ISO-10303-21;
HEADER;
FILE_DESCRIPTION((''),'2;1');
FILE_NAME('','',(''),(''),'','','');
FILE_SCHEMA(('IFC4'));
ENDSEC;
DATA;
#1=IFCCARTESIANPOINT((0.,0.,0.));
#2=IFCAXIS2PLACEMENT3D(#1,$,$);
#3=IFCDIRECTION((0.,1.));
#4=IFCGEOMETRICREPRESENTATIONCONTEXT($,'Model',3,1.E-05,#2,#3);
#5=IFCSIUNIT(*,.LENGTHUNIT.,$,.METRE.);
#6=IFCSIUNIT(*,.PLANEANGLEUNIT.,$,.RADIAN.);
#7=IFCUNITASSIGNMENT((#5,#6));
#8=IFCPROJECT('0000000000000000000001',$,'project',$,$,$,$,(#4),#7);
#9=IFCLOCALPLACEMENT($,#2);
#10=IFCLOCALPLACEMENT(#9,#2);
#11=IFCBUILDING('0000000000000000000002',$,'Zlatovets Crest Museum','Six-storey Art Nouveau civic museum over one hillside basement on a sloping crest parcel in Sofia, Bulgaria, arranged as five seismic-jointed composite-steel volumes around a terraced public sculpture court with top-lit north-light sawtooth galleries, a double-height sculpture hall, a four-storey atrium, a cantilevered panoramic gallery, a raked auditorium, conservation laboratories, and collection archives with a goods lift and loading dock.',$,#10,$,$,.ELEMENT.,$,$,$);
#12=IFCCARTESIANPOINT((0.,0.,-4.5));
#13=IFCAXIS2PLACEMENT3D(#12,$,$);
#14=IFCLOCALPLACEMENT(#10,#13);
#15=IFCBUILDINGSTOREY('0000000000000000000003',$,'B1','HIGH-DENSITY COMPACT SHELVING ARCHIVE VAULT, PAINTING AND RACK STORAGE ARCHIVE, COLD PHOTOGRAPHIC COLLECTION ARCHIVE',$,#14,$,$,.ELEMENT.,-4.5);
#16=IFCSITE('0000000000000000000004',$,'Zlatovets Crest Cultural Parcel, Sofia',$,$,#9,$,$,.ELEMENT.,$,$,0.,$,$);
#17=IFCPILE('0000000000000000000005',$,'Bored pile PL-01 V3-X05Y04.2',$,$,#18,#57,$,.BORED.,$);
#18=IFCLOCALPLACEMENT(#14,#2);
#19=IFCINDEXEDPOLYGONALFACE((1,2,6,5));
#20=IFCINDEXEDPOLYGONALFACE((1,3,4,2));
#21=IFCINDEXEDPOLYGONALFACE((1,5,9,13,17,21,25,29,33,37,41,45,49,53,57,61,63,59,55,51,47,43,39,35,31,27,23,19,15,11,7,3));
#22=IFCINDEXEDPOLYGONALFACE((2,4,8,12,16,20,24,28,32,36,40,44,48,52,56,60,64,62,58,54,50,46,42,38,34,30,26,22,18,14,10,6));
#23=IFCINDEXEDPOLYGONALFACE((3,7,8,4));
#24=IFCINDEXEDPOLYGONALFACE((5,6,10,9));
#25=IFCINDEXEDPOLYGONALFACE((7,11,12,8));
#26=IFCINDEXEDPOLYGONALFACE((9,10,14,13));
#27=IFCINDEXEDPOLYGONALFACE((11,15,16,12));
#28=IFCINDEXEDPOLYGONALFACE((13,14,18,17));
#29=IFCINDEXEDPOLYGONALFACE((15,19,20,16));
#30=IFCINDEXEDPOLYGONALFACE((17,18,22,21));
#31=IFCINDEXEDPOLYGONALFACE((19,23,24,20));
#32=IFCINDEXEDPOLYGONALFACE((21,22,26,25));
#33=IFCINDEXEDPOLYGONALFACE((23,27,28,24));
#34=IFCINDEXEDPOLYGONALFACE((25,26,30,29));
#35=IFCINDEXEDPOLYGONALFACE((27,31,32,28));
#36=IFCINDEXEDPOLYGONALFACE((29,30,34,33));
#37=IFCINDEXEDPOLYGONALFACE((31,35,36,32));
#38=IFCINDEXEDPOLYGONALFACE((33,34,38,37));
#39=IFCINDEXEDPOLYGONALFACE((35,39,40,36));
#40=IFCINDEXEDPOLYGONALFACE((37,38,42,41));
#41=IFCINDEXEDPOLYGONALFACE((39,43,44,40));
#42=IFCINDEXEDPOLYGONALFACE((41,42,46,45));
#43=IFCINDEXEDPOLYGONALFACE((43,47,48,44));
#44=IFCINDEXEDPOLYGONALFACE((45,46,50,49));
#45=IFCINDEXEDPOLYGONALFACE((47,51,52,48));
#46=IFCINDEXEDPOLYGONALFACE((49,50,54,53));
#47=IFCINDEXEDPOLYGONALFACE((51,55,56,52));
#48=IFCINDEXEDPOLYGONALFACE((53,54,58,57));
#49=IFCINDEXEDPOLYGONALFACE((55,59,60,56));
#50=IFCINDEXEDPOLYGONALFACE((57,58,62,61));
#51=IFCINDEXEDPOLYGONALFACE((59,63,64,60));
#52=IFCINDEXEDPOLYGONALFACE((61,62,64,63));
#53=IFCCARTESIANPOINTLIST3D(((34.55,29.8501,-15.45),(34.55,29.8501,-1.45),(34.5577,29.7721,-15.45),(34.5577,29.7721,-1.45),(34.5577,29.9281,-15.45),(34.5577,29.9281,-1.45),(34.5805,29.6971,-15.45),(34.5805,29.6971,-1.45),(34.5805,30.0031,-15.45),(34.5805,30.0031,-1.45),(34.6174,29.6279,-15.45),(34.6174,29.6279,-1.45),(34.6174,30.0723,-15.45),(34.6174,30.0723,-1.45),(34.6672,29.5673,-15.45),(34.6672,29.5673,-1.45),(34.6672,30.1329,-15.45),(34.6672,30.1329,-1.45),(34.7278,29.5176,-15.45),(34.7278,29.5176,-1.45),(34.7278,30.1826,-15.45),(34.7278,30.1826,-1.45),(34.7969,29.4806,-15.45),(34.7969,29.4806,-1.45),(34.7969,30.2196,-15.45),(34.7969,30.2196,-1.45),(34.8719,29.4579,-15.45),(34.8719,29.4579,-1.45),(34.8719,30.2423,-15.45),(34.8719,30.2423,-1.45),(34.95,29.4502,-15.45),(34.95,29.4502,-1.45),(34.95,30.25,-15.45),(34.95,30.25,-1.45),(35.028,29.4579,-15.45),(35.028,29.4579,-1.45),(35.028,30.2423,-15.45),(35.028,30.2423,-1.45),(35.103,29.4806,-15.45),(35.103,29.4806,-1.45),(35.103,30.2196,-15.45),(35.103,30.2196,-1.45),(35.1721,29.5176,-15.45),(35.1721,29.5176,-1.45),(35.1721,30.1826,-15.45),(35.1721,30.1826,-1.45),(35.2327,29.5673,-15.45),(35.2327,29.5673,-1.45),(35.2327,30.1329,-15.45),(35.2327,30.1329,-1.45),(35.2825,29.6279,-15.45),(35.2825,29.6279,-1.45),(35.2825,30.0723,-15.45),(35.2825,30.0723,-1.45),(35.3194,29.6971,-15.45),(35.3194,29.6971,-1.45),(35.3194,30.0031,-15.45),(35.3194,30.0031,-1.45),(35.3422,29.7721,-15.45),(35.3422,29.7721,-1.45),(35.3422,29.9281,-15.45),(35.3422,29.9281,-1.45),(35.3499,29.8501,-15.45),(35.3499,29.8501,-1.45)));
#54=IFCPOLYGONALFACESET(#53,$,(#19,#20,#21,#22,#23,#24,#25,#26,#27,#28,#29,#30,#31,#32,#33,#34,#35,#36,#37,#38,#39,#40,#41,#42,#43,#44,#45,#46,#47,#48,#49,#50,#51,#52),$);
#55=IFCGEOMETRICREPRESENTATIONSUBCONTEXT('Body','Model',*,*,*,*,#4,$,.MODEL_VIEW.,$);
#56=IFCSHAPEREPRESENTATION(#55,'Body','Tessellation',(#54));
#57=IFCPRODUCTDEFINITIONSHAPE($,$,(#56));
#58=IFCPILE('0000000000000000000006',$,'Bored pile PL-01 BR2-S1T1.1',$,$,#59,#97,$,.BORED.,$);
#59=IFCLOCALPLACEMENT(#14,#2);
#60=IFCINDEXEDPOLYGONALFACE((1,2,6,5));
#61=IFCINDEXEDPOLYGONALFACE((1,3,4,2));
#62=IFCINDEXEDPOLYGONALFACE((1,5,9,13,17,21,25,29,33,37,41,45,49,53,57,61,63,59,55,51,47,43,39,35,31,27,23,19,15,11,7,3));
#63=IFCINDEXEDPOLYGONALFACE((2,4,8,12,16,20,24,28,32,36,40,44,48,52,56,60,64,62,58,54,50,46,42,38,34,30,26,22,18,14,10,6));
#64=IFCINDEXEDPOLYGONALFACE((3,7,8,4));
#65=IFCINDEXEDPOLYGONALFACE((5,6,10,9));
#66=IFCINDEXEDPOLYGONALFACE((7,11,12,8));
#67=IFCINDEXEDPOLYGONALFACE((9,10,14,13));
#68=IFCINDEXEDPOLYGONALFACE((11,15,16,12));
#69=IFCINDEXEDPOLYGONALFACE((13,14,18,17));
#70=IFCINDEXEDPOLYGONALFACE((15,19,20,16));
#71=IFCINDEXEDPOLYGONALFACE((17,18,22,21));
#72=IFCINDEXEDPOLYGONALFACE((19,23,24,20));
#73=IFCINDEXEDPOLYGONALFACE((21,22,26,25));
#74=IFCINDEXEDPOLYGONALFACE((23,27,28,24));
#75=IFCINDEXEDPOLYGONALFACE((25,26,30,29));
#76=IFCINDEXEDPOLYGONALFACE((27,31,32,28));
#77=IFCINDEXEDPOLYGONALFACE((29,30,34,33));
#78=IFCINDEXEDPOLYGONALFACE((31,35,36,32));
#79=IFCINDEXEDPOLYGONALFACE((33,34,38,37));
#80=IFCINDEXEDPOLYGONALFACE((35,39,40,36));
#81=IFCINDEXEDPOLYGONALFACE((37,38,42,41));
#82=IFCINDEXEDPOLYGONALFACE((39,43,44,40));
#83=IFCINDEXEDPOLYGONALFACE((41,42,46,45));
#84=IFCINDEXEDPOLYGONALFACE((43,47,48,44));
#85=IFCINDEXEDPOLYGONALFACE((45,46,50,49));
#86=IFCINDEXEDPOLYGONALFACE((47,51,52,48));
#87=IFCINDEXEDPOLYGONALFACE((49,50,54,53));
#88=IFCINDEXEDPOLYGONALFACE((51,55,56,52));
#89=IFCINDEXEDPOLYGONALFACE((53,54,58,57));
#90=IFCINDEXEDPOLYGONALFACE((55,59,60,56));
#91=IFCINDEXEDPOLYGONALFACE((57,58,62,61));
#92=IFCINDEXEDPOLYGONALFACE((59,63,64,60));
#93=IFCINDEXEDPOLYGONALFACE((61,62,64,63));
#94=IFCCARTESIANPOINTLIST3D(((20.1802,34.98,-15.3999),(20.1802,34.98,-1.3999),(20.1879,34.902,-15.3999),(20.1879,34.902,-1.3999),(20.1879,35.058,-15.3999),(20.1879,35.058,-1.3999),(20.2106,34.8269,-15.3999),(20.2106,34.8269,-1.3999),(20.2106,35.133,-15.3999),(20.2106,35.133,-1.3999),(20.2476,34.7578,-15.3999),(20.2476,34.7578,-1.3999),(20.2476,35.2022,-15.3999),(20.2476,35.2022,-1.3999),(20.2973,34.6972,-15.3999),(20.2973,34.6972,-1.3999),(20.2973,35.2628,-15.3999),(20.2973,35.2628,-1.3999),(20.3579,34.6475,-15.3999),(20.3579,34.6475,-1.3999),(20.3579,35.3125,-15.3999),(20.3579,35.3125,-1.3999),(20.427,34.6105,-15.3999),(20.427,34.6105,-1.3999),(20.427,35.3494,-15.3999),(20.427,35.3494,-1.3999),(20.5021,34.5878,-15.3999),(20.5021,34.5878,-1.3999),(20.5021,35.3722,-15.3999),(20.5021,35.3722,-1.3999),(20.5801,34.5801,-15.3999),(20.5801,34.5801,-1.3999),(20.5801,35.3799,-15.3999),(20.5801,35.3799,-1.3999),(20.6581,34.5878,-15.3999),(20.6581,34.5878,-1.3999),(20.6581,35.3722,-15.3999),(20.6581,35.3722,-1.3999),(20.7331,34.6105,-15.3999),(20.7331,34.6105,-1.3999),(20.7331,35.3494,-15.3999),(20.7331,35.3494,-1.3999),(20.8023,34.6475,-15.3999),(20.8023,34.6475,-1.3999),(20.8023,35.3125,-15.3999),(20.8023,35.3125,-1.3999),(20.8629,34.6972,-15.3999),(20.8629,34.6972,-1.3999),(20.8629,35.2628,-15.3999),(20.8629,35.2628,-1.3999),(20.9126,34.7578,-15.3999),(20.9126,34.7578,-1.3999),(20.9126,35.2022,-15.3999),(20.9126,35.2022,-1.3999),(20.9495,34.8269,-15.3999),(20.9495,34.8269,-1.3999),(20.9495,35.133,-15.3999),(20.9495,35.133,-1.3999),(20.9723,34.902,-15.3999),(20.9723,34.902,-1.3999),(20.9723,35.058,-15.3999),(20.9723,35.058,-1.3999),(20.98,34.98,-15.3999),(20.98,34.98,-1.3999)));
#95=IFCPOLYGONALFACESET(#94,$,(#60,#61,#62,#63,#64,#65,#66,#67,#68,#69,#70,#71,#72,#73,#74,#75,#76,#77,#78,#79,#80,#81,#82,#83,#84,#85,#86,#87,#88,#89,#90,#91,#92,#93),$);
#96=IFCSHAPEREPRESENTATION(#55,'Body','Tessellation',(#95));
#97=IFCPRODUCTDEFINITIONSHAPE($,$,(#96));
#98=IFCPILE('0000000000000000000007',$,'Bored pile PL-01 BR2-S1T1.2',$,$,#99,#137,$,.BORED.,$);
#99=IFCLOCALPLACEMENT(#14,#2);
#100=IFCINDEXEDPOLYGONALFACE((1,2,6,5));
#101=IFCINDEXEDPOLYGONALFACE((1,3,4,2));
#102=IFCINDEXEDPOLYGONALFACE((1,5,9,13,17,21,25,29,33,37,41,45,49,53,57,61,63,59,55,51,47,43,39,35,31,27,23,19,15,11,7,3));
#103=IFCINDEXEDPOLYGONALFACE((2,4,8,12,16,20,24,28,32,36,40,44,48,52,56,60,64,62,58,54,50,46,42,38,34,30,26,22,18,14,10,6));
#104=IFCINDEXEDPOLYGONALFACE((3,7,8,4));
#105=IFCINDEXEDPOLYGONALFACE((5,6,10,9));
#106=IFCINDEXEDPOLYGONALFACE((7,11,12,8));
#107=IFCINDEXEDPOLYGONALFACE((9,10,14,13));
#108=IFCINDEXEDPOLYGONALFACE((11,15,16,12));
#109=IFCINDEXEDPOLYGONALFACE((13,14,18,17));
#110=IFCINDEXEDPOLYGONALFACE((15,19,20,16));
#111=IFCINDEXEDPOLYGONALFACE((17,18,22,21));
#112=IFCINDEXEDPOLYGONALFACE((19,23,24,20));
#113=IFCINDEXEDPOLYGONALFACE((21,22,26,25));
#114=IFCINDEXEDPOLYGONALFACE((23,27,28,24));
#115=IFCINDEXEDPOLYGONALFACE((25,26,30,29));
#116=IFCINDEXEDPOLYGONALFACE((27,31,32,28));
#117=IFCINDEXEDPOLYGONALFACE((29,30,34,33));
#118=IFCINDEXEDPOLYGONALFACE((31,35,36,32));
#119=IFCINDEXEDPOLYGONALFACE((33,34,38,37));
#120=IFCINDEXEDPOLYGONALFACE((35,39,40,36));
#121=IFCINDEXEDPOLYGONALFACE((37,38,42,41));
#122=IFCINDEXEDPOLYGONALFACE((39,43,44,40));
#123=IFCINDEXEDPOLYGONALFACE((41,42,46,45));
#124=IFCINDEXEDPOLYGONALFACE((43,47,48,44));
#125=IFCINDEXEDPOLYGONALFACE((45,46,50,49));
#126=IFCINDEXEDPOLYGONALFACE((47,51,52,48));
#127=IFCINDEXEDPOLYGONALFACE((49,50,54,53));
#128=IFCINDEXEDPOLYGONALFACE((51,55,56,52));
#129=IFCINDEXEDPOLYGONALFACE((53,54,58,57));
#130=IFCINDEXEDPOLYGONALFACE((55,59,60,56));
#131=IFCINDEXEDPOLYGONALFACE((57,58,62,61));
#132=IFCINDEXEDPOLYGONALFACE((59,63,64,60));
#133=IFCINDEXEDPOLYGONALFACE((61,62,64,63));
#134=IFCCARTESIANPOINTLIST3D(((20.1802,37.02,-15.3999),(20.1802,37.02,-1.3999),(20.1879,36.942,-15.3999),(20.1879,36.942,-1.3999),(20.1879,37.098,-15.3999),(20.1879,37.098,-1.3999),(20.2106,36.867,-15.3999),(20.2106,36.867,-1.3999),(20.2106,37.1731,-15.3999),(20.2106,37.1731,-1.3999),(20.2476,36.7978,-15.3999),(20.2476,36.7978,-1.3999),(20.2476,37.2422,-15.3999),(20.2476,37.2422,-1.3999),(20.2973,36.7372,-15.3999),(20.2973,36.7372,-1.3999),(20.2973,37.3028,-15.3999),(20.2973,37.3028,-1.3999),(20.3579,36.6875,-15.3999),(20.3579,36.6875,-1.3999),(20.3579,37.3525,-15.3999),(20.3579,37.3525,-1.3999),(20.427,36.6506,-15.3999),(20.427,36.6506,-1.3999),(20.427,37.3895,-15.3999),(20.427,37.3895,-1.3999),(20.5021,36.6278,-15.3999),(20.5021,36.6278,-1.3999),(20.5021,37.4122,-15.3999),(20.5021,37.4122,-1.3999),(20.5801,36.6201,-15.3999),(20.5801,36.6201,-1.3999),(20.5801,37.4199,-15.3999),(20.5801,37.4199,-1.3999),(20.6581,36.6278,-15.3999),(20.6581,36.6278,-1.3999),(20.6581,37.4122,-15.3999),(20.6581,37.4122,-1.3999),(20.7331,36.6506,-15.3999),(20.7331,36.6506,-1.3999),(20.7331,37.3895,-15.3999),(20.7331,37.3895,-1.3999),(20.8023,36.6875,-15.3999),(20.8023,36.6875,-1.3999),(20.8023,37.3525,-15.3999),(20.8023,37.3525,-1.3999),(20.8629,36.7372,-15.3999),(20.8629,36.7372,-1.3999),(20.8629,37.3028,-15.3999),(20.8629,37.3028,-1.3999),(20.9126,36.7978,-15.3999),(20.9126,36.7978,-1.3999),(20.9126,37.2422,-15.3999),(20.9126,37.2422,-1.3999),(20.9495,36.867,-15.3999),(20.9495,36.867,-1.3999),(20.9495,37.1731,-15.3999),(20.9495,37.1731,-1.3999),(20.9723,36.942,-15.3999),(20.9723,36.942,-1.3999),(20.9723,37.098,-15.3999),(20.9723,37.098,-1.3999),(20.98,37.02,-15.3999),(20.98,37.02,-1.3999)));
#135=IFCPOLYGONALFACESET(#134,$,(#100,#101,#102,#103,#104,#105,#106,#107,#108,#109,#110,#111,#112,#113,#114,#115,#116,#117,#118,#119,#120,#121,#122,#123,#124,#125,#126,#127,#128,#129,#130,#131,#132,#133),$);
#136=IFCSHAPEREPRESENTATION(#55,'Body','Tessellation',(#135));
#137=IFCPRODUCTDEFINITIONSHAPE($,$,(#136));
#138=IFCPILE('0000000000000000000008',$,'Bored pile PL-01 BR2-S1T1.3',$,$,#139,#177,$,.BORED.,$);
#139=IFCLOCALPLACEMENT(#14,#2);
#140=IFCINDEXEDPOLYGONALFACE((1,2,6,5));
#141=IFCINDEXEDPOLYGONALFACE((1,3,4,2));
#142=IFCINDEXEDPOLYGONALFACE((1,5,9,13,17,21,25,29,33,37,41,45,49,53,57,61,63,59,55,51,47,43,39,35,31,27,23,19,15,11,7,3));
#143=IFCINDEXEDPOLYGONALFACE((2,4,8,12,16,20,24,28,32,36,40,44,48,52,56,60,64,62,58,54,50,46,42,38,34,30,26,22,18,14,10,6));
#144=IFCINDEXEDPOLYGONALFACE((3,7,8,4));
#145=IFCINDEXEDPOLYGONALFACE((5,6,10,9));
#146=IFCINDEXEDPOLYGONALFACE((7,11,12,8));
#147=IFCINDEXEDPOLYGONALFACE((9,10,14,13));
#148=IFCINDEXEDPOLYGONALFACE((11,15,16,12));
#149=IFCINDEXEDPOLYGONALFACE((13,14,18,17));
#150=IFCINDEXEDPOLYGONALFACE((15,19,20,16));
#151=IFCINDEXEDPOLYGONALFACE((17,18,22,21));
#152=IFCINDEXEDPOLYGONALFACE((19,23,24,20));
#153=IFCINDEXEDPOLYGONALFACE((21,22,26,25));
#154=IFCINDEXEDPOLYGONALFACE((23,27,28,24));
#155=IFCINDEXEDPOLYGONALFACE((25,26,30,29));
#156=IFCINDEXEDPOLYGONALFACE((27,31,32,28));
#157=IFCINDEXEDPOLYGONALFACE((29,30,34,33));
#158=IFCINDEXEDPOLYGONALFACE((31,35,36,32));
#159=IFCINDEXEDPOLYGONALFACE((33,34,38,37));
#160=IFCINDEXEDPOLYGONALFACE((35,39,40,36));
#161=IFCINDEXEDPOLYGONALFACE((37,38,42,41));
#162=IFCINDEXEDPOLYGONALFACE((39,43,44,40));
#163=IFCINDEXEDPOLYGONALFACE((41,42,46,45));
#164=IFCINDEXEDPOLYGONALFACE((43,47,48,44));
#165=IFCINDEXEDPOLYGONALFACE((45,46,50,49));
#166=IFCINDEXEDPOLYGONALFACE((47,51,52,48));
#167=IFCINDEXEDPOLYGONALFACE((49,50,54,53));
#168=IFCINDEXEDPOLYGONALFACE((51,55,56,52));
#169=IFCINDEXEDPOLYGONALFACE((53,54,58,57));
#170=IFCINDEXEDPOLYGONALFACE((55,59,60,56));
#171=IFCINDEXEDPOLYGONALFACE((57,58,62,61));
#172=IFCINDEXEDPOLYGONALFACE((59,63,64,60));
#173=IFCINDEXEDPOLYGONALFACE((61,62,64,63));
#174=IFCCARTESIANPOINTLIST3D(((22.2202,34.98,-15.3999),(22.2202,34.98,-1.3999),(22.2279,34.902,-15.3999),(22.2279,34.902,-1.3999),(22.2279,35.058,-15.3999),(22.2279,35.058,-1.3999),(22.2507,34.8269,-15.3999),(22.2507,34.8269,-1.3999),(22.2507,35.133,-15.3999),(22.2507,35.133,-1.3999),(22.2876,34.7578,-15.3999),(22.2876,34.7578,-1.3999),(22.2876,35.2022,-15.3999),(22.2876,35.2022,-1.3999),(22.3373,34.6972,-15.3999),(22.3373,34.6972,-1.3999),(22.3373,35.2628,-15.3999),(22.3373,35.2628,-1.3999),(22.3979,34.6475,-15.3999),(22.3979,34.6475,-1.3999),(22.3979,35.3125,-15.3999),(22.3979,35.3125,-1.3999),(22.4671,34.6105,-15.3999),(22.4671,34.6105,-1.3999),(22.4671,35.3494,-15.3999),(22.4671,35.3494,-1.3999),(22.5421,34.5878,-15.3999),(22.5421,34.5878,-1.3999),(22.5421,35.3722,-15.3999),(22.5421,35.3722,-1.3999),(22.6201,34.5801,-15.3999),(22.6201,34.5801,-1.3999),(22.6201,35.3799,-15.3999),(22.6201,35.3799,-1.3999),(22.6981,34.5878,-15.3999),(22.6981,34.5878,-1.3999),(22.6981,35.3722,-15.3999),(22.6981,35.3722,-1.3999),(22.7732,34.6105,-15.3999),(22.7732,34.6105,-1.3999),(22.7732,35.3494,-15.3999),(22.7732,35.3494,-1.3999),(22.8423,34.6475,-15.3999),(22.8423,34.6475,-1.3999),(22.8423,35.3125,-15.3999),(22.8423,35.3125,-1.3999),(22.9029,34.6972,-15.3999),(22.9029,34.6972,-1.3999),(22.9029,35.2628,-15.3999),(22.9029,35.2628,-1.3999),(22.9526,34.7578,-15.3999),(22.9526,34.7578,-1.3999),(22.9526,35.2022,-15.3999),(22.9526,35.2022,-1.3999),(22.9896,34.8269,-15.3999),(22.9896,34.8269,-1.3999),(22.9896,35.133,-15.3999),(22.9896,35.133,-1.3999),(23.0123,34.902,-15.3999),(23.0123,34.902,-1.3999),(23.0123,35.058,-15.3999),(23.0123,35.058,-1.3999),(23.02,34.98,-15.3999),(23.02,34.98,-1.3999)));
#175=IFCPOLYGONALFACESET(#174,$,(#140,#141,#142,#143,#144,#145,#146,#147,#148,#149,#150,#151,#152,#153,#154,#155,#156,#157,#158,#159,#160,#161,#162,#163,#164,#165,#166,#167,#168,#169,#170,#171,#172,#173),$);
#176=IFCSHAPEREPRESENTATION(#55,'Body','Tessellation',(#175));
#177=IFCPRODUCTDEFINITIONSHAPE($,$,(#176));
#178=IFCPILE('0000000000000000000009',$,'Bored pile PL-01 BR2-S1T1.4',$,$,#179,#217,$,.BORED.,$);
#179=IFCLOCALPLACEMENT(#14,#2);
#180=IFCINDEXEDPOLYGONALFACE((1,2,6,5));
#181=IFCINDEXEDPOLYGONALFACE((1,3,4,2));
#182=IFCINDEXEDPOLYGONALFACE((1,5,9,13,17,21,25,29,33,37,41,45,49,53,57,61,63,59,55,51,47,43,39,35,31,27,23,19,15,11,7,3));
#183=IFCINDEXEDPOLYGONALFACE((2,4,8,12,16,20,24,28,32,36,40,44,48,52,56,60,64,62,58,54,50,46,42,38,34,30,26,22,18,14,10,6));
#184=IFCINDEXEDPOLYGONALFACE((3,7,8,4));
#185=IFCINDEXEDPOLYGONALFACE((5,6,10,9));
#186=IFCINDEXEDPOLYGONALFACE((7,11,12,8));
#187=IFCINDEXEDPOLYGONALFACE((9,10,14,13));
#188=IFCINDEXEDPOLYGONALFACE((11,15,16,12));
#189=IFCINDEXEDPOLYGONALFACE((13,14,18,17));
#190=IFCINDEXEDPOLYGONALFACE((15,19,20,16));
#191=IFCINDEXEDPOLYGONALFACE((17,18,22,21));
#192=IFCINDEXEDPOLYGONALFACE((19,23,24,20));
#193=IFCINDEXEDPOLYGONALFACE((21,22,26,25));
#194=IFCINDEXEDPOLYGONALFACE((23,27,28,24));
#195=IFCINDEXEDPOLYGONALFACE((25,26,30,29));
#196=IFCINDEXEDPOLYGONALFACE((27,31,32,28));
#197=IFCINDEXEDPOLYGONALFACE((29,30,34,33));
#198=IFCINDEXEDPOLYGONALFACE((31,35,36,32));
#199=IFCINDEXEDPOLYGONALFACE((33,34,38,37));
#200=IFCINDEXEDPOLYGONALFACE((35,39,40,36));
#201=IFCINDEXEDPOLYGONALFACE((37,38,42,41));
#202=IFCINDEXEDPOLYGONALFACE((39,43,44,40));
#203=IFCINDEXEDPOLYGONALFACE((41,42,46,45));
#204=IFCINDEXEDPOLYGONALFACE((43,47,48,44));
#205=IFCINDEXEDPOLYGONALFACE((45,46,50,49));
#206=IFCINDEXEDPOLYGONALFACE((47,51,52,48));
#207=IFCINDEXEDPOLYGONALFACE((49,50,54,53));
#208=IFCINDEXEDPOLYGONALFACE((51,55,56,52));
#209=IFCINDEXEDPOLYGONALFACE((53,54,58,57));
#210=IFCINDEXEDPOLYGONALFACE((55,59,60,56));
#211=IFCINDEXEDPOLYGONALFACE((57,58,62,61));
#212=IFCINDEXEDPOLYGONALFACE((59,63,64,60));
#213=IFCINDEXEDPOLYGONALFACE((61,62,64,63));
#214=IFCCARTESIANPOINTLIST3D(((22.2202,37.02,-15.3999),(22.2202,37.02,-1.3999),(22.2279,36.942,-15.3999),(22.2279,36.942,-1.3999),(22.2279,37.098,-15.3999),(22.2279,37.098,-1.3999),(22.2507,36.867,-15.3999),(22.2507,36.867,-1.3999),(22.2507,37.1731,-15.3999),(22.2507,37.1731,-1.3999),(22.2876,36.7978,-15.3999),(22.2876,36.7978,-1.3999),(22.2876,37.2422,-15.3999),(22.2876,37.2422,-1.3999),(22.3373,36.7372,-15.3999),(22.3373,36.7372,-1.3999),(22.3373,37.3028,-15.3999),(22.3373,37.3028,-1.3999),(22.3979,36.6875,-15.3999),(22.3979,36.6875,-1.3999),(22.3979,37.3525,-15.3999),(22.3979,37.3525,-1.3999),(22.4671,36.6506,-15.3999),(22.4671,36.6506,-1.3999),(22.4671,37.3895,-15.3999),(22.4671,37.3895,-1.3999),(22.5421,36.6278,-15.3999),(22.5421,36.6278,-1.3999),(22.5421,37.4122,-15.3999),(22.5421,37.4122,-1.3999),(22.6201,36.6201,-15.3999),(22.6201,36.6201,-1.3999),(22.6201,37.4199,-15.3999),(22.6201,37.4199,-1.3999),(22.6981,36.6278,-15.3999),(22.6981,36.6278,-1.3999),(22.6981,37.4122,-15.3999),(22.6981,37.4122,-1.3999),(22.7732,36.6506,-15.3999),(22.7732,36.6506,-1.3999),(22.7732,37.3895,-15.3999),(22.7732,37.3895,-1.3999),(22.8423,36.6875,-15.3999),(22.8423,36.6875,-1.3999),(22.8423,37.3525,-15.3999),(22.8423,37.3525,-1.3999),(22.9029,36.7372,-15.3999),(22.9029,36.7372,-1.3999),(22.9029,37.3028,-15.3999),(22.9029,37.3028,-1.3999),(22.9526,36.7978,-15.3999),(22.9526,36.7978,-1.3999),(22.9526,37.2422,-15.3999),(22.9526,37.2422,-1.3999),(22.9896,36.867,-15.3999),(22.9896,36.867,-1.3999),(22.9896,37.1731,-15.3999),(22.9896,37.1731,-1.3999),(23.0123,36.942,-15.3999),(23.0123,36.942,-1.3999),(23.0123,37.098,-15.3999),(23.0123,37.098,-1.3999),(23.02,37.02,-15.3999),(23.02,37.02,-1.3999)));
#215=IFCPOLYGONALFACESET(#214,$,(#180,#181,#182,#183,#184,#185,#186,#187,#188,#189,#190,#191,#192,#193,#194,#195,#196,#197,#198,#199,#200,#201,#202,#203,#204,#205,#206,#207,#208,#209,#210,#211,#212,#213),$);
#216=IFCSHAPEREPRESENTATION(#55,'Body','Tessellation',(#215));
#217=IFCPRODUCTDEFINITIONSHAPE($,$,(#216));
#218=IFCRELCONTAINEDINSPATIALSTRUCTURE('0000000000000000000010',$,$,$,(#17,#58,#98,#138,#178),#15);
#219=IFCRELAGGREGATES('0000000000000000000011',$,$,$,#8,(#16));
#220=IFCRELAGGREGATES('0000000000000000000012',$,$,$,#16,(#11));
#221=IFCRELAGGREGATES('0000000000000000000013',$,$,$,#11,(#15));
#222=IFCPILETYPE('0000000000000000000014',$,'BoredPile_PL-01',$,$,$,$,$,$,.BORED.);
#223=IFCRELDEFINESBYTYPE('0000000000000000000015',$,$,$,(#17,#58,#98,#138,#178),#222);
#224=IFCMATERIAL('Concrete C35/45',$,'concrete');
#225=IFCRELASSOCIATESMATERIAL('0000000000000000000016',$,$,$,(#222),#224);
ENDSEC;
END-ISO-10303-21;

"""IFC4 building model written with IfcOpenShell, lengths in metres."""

from ifc_helpers import new_model, si_unit, direction, frame, origin, origin_2d, place, context, subcontext, project, spatial, circle, extrude, material, material_profile, profile_set, type_object, element, save


model = new_model("IFC4")

# Units and contexts
model_context = context("Model", 3, precision=1e-05, world=origin(), true_north=direction((0.0, 1.0)))
body_context = subcontext(model_context, "Body", "Model", "MODEL_VIEW")
ifc_project = project(units=[si_unit("LENGTHUNIT", "METRE"), si_unit("PLANEANGLEUNIT", "RADIAN")], contexts=[model_context])

# Site, building, storey
site_placement = place(None, origin())
site = spatial("IfcSite", under=ifc_project, at=site_placement, Name="Zlatovets Crest Cultural Parcel, Sofia", CompositionType="ELEMENT", RefElevation=0.0)
building_placement = place(site_placement, origin())
building = spatial("IfcBuilding", under=site, at=building_placement, Name="Zlatovets Crest Museum", Description="Six-storey Art Nouveau civic museum over one hillside basement on a sloping crest parcel in Sofia, Bulgaria, arranged as five seismic-jointed composite-steel volumes around a terraced public sculpture court with top-lit north-light sawtooth galleries, a double-height sculpture hall, a four-storey atrium, a cantilevered panoramic gallery, a raked auditorium, conservation laboratories, and collection archives with a goods lift and loading dock.", CompositionType="ELEMENT")
storey_placement = place(building_placement, frame((0.0, 0.0, -4.5)))
storey = spatial("IfcBuildingStorey", under=building, at=storey_placement, Name="B1", Description="HIGH-DENSITY COMPACT SHELVING ARCHIVE VAULT, PAINTING AND RACK STORAGE ARCHIVE, COLD PHOTOGRAPHIC COLLECTION ARCHIVE", CompositionType="ELEMENT", Elevation=-4.5)

# Piles
ifc_material_1 = material(Name="Concrete C35/45", Category="concrete")
ifc_material_profile_1 = material_profile(ifc_material_1, circle(Radius=0.3999, at=origin_2d()), Name="PILE D800")
ifc_profile_set_1 = profile_set([ifc_material_profile_1], Name="Concrete C35/45")
pile_type = type_object("IfcPileType", Name="BoredPile_PL-01", PredefinedType="BORED", material=ifc_profile_set_1)
for number, where, z_axis, x_axis, name in (
    (1, (34.95, 29.8501, -1.45), (0.0, 0.0, -1.0), (1.0, 0.0, 0.0), "Bored pile PL-01 V3-X05Y04.2"),
    (2, (20.5801, 34.98, -1.3999), (0.0, 0.0, -1.0), (1.0, 0.0, 0.0), "Bored pile PL-01 BR2-S1T1.1"),
    (3, (20.5801, 37.02, -1.3999), (0.0, 0.0, -1.0), (1.0, 0.0, 0.0), "Bored pile PL-01 BR2-S1T1.2"),
    (4, (22.6201, 34.98, -1.3999), (0.0, 0.0, -1.0), (1.0, 0.0, 0.0), "Bored pile PL-01 BR2-S1T1.3"),
    (5, (22.6201, 37.02, -1.3999), (0.0, 0.0, -1.0), (1.0, 0.0, 0.0), "Bored pile PL-01 BR2-S1T1.4"),
):
    element("IfcPile", number, at=place(storey_placement, frame(where, z_axis=z_axis, x_axis=x_axis)), inside=storey, type_object=pile_type, Name=name, PredefinedType="BORED", context=body_context, shape_type="SweptSolid", body=[
        extrude(circle(Radius=0.3999, at=origin_2d()), origin(), (0.0, 0.0, 1.0), 14.0),
    ])

save(model, "model.ifc")
